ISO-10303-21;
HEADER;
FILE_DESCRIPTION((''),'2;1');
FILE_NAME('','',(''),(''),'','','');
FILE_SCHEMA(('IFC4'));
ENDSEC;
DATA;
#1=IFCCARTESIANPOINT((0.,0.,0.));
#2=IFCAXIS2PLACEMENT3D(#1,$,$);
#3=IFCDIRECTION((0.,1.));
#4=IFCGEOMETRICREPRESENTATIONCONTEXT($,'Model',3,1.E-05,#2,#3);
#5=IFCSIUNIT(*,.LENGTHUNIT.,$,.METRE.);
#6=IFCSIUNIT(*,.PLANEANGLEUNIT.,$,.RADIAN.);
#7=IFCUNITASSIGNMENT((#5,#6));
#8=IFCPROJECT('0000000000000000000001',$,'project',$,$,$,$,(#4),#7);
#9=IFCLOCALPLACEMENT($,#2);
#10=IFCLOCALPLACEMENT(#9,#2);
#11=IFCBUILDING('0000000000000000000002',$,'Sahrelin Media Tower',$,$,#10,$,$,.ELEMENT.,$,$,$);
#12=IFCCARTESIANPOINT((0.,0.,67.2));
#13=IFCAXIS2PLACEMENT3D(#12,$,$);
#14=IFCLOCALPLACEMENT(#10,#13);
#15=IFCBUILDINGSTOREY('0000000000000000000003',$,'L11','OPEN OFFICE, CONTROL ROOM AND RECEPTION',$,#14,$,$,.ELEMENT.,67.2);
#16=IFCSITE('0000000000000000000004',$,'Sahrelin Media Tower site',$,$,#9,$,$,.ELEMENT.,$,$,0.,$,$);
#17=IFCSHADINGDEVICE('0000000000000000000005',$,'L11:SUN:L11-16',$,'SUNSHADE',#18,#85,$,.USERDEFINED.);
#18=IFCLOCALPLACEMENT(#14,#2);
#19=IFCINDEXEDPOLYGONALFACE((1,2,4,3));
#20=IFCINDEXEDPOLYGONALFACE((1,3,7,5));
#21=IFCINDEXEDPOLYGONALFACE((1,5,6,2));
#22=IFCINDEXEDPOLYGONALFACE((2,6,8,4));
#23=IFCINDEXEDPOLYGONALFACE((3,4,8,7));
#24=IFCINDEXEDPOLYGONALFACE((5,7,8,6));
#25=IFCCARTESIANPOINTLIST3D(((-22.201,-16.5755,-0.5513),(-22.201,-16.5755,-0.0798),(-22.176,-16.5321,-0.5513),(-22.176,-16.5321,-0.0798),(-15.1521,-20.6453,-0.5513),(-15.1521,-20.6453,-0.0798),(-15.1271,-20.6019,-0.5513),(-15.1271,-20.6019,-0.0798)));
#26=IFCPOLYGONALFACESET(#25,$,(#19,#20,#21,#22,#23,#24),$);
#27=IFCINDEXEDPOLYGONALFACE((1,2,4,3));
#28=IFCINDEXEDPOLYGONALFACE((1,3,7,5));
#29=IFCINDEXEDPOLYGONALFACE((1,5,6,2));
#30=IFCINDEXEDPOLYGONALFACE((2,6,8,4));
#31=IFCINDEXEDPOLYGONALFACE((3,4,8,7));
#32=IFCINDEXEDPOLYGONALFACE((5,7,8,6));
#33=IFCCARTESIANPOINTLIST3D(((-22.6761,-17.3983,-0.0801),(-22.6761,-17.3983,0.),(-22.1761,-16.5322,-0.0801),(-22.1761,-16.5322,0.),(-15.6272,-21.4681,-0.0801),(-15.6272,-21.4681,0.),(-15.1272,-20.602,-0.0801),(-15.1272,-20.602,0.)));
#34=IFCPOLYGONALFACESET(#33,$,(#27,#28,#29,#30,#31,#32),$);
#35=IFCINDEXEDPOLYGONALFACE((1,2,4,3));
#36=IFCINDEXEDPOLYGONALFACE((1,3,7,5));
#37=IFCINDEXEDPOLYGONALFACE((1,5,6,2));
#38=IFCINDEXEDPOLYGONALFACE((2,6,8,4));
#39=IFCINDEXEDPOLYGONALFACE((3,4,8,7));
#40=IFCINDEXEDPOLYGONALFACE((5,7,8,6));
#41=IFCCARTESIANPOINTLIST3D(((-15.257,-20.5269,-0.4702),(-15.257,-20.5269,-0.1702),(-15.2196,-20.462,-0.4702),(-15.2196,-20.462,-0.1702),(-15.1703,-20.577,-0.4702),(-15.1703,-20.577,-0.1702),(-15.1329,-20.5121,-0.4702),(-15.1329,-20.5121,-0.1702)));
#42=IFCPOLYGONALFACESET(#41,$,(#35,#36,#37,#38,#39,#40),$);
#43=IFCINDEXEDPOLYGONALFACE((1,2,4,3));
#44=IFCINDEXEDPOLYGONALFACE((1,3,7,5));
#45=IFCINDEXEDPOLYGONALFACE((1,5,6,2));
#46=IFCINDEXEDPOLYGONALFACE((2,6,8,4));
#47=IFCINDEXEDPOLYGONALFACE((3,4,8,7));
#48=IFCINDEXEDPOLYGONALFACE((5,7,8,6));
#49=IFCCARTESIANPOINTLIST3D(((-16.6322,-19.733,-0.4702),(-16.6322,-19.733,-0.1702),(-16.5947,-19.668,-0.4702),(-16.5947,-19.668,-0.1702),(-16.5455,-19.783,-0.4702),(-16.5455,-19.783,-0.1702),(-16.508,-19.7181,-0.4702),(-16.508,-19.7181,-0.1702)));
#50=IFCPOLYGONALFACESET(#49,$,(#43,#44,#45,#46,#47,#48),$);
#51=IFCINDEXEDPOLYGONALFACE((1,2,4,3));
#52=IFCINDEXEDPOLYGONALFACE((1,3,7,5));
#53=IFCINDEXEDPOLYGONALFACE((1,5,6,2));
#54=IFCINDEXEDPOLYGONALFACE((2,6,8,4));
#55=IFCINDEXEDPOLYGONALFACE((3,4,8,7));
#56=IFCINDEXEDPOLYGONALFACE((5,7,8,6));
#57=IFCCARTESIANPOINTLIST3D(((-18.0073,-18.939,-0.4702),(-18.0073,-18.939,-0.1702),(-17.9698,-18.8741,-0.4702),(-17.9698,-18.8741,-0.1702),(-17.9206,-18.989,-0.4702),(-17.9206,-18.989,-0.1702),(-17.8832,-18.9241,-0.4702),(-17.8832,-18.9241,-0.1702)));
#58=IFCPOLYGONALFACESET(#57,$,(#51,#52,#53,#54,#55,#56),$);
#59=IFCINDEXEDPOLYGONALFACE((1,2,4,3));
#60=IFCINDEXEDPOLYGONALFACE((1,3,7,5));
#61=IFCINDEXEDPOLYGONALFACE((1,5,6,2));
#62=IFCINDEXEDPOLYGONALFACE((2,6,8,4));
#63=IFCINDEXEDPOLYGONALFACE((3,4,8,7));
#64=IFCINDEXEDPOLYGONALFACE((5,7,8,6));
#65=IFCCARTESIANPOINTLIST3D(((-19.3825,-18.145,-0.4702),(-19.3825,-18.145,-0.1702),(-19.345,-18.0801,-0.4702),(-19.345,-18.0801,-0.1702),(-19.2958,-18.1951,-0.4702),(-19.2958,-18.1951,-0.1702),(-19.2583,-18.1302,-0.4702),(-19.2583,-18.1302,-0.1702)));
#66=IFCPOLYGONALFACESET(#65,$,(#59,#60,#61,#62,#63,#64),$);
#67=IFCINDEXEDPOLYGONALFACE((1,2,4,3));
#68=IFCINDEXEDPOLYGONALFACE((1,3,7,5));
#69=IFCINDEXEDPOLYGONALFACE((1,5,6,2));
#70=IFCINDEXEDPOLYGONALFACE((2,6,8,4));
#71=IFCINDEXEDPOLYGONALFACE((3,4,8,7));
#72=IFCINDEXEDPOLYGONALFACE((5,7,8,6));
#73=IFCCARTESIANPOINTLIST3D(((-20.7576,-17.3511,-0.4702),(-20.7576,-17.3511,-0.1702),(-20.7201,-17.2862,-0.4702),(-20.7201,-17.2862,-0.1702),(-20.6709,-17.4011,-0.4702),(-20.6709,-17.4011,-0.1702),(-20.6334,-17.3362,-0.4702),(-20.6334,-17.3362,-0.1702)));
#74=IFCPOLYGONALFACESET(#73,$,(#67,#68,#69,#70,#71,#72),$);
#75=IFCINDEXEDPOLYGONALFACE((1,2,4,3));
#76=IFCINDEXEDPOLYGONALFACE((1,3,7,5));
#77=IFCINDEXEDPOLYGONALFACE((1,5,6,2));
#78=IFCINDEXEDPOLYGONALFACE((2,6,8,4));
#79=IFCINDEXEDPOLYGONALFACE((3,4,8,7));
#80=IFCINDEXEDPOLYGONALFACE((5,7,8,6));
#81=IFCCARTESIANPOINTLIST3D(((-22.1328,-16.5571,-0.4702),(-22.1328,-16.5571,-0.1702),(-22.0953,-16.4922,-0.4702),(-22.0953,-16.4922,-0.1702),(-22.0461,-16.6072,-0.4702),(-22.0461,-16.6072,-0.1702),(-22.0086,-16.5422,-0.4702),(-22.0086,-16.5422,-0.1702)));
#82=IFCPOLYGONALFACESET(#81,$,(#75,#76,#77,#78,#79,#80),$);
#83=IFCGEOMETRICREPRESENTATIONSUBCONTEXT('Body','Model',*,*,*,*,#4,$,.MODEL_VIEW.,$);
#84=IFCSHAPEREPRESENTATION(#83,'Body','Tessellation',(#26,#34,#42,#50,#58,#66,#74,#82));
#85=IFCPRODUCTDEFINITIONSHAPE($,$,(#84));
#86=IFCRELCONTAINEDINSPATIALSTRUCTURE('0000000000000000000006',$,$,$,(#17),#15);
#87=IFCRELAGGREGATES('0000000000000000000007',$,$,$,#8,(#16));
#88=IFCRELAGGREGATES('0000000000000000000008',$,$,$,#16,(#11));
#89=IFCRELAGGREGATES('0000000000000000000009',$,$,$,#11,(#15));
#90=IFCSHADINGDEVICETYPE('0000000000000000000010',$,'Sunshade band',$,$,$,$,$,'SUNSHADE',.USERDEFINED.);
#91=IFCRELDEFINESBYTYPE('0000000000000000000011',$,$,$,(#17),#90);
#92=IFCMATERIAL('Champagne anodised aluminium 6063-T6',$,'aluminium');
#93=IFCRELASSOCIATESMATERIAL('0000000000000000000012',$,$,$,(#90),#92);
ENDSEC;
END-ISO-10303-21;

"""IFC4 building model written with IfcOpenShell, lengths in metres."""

from ifc_helpers import new_model, si_unit, direction, frame, origin, origin_2d, place, context, subcontext, project, spatial, rectangle, extrude, material, type_object, element, save


model = new_model("IFC4")

# Units and contexts
model_context = context("Model", 3, precision=1e-05, world=origin(), true_north=direction((0.0, 1.0)))
body_context = subcontext(model_context, "Body", "Model", "MODEL_VIEW")
ifc_project = project(units=[si_unit("LENGTHUNIT", "METRE"), si_unit("PLANEANGLEUNIT", "RADIAN")], contexts=[model_context])

# Site, building, storey
site_placement = place(None, origin())
site = spatial("IfcSite", under=ifc_project, at=site_placement, Name="Sahrelin Media Tower site", CompositionType="ELEMENT", RefElevation=0.0)
building_placement = place(site_placement, origin())
building = spatial("IfcBuilding", under=site, at=building_placement, Name="Sahrelin Media Tower", CompositionType="ELEMENT")
storey_placement = place(building_placement, frame((0.0, 0.0, 67.2)))
storey = spatial("IfcBuildingStorey", under=building, at=storey_placement, Name="L11", Description="OPEN OFFICE, CONTROL ROOM AND RECEPTION", CompositionType="ELEMENT", Elevation=67.2)

# Shared definitions
ifc_material_1 = material(Name="Champagne anodised aluminium 6063-T6", Category="aluminium")

# Shading device
placement_1 = place(storey_placement, frame((-18.6416, -18.5498, 0.0), z_axis=(0.0, 0.0, 1.0), x_axis=(-0.866019, 0.500011, 0.0)))
shading_device_type_1 = type_object("IfcShadingDeviceType", Name="Sunshade band", ElementType="SUNSHADE", PredefinedType="USERDEFINED", material=ifc_material_1)
element("IfcShadingDevice", 1, at=placement_1, inside=storey, type_object=shading_device_type_1, Name="L11:SUN:L11-16", ObjectType="SUNSHADE", PredefinedType="USERDEFINED", context=body_context, shape_type="SweptSolid", body=[
    extrude(rectangle(XDim=8.1394, YDim=0.05, at=origin_2d()), frame((0.0, 0.0449, -0.5513)), (0.0, 0.0, 1.0), 0.4714),
    extrude(rectangle(XDim=8.1394, YDim=1.0, at=origin_2d()), frame((0.0, 0.52, -0.0801)), (0.0, 0.0, 1.0), 0.0801),
    extrude(rectangle(XDim=0.1001, YDim=0.075, at=origin_2d()), frame((-3.9697, -0.0176, -0.4702)), (0.0, 0.0, 1.0), 0.3),
    extrude(rectangle(XDim=0.1001, YDim=0.075, at=origin_2d()), frame((-2.3818, -0.0176, -0.4702)), (0.0, 0.0, 1.0), 0.3),
    extrude(rectangle(XDim=0.1001, YDim=0.075, at=origin_2d()), frame((-0.7939, -0.0176, -0.4702)), (0.0, 0.0, 1.0), 0.3),
    extrude(rectangle(XDim=0.1001, YDim=0.075, at=origin_2d()), frame((0.7939, -0.0176, -0.4702)), (0.0, 0.0, 1.0), 0.3),
    extrude(rectangle(XDim=0.1001, YDim=0.075, at=origin_2d()), frame((2.3818, -0.0176, -0.4702)), (0.0, 0.0, 1.0), 0.3),
    extrude(rectangle(XDim=0.1001, YDim=0.075, at=origin_2d()), frame((3.9697, -0.0176, -0.4702)), (0.0, 0.0, 1.0), 0.3),
])

save(model, "model.ifc")
